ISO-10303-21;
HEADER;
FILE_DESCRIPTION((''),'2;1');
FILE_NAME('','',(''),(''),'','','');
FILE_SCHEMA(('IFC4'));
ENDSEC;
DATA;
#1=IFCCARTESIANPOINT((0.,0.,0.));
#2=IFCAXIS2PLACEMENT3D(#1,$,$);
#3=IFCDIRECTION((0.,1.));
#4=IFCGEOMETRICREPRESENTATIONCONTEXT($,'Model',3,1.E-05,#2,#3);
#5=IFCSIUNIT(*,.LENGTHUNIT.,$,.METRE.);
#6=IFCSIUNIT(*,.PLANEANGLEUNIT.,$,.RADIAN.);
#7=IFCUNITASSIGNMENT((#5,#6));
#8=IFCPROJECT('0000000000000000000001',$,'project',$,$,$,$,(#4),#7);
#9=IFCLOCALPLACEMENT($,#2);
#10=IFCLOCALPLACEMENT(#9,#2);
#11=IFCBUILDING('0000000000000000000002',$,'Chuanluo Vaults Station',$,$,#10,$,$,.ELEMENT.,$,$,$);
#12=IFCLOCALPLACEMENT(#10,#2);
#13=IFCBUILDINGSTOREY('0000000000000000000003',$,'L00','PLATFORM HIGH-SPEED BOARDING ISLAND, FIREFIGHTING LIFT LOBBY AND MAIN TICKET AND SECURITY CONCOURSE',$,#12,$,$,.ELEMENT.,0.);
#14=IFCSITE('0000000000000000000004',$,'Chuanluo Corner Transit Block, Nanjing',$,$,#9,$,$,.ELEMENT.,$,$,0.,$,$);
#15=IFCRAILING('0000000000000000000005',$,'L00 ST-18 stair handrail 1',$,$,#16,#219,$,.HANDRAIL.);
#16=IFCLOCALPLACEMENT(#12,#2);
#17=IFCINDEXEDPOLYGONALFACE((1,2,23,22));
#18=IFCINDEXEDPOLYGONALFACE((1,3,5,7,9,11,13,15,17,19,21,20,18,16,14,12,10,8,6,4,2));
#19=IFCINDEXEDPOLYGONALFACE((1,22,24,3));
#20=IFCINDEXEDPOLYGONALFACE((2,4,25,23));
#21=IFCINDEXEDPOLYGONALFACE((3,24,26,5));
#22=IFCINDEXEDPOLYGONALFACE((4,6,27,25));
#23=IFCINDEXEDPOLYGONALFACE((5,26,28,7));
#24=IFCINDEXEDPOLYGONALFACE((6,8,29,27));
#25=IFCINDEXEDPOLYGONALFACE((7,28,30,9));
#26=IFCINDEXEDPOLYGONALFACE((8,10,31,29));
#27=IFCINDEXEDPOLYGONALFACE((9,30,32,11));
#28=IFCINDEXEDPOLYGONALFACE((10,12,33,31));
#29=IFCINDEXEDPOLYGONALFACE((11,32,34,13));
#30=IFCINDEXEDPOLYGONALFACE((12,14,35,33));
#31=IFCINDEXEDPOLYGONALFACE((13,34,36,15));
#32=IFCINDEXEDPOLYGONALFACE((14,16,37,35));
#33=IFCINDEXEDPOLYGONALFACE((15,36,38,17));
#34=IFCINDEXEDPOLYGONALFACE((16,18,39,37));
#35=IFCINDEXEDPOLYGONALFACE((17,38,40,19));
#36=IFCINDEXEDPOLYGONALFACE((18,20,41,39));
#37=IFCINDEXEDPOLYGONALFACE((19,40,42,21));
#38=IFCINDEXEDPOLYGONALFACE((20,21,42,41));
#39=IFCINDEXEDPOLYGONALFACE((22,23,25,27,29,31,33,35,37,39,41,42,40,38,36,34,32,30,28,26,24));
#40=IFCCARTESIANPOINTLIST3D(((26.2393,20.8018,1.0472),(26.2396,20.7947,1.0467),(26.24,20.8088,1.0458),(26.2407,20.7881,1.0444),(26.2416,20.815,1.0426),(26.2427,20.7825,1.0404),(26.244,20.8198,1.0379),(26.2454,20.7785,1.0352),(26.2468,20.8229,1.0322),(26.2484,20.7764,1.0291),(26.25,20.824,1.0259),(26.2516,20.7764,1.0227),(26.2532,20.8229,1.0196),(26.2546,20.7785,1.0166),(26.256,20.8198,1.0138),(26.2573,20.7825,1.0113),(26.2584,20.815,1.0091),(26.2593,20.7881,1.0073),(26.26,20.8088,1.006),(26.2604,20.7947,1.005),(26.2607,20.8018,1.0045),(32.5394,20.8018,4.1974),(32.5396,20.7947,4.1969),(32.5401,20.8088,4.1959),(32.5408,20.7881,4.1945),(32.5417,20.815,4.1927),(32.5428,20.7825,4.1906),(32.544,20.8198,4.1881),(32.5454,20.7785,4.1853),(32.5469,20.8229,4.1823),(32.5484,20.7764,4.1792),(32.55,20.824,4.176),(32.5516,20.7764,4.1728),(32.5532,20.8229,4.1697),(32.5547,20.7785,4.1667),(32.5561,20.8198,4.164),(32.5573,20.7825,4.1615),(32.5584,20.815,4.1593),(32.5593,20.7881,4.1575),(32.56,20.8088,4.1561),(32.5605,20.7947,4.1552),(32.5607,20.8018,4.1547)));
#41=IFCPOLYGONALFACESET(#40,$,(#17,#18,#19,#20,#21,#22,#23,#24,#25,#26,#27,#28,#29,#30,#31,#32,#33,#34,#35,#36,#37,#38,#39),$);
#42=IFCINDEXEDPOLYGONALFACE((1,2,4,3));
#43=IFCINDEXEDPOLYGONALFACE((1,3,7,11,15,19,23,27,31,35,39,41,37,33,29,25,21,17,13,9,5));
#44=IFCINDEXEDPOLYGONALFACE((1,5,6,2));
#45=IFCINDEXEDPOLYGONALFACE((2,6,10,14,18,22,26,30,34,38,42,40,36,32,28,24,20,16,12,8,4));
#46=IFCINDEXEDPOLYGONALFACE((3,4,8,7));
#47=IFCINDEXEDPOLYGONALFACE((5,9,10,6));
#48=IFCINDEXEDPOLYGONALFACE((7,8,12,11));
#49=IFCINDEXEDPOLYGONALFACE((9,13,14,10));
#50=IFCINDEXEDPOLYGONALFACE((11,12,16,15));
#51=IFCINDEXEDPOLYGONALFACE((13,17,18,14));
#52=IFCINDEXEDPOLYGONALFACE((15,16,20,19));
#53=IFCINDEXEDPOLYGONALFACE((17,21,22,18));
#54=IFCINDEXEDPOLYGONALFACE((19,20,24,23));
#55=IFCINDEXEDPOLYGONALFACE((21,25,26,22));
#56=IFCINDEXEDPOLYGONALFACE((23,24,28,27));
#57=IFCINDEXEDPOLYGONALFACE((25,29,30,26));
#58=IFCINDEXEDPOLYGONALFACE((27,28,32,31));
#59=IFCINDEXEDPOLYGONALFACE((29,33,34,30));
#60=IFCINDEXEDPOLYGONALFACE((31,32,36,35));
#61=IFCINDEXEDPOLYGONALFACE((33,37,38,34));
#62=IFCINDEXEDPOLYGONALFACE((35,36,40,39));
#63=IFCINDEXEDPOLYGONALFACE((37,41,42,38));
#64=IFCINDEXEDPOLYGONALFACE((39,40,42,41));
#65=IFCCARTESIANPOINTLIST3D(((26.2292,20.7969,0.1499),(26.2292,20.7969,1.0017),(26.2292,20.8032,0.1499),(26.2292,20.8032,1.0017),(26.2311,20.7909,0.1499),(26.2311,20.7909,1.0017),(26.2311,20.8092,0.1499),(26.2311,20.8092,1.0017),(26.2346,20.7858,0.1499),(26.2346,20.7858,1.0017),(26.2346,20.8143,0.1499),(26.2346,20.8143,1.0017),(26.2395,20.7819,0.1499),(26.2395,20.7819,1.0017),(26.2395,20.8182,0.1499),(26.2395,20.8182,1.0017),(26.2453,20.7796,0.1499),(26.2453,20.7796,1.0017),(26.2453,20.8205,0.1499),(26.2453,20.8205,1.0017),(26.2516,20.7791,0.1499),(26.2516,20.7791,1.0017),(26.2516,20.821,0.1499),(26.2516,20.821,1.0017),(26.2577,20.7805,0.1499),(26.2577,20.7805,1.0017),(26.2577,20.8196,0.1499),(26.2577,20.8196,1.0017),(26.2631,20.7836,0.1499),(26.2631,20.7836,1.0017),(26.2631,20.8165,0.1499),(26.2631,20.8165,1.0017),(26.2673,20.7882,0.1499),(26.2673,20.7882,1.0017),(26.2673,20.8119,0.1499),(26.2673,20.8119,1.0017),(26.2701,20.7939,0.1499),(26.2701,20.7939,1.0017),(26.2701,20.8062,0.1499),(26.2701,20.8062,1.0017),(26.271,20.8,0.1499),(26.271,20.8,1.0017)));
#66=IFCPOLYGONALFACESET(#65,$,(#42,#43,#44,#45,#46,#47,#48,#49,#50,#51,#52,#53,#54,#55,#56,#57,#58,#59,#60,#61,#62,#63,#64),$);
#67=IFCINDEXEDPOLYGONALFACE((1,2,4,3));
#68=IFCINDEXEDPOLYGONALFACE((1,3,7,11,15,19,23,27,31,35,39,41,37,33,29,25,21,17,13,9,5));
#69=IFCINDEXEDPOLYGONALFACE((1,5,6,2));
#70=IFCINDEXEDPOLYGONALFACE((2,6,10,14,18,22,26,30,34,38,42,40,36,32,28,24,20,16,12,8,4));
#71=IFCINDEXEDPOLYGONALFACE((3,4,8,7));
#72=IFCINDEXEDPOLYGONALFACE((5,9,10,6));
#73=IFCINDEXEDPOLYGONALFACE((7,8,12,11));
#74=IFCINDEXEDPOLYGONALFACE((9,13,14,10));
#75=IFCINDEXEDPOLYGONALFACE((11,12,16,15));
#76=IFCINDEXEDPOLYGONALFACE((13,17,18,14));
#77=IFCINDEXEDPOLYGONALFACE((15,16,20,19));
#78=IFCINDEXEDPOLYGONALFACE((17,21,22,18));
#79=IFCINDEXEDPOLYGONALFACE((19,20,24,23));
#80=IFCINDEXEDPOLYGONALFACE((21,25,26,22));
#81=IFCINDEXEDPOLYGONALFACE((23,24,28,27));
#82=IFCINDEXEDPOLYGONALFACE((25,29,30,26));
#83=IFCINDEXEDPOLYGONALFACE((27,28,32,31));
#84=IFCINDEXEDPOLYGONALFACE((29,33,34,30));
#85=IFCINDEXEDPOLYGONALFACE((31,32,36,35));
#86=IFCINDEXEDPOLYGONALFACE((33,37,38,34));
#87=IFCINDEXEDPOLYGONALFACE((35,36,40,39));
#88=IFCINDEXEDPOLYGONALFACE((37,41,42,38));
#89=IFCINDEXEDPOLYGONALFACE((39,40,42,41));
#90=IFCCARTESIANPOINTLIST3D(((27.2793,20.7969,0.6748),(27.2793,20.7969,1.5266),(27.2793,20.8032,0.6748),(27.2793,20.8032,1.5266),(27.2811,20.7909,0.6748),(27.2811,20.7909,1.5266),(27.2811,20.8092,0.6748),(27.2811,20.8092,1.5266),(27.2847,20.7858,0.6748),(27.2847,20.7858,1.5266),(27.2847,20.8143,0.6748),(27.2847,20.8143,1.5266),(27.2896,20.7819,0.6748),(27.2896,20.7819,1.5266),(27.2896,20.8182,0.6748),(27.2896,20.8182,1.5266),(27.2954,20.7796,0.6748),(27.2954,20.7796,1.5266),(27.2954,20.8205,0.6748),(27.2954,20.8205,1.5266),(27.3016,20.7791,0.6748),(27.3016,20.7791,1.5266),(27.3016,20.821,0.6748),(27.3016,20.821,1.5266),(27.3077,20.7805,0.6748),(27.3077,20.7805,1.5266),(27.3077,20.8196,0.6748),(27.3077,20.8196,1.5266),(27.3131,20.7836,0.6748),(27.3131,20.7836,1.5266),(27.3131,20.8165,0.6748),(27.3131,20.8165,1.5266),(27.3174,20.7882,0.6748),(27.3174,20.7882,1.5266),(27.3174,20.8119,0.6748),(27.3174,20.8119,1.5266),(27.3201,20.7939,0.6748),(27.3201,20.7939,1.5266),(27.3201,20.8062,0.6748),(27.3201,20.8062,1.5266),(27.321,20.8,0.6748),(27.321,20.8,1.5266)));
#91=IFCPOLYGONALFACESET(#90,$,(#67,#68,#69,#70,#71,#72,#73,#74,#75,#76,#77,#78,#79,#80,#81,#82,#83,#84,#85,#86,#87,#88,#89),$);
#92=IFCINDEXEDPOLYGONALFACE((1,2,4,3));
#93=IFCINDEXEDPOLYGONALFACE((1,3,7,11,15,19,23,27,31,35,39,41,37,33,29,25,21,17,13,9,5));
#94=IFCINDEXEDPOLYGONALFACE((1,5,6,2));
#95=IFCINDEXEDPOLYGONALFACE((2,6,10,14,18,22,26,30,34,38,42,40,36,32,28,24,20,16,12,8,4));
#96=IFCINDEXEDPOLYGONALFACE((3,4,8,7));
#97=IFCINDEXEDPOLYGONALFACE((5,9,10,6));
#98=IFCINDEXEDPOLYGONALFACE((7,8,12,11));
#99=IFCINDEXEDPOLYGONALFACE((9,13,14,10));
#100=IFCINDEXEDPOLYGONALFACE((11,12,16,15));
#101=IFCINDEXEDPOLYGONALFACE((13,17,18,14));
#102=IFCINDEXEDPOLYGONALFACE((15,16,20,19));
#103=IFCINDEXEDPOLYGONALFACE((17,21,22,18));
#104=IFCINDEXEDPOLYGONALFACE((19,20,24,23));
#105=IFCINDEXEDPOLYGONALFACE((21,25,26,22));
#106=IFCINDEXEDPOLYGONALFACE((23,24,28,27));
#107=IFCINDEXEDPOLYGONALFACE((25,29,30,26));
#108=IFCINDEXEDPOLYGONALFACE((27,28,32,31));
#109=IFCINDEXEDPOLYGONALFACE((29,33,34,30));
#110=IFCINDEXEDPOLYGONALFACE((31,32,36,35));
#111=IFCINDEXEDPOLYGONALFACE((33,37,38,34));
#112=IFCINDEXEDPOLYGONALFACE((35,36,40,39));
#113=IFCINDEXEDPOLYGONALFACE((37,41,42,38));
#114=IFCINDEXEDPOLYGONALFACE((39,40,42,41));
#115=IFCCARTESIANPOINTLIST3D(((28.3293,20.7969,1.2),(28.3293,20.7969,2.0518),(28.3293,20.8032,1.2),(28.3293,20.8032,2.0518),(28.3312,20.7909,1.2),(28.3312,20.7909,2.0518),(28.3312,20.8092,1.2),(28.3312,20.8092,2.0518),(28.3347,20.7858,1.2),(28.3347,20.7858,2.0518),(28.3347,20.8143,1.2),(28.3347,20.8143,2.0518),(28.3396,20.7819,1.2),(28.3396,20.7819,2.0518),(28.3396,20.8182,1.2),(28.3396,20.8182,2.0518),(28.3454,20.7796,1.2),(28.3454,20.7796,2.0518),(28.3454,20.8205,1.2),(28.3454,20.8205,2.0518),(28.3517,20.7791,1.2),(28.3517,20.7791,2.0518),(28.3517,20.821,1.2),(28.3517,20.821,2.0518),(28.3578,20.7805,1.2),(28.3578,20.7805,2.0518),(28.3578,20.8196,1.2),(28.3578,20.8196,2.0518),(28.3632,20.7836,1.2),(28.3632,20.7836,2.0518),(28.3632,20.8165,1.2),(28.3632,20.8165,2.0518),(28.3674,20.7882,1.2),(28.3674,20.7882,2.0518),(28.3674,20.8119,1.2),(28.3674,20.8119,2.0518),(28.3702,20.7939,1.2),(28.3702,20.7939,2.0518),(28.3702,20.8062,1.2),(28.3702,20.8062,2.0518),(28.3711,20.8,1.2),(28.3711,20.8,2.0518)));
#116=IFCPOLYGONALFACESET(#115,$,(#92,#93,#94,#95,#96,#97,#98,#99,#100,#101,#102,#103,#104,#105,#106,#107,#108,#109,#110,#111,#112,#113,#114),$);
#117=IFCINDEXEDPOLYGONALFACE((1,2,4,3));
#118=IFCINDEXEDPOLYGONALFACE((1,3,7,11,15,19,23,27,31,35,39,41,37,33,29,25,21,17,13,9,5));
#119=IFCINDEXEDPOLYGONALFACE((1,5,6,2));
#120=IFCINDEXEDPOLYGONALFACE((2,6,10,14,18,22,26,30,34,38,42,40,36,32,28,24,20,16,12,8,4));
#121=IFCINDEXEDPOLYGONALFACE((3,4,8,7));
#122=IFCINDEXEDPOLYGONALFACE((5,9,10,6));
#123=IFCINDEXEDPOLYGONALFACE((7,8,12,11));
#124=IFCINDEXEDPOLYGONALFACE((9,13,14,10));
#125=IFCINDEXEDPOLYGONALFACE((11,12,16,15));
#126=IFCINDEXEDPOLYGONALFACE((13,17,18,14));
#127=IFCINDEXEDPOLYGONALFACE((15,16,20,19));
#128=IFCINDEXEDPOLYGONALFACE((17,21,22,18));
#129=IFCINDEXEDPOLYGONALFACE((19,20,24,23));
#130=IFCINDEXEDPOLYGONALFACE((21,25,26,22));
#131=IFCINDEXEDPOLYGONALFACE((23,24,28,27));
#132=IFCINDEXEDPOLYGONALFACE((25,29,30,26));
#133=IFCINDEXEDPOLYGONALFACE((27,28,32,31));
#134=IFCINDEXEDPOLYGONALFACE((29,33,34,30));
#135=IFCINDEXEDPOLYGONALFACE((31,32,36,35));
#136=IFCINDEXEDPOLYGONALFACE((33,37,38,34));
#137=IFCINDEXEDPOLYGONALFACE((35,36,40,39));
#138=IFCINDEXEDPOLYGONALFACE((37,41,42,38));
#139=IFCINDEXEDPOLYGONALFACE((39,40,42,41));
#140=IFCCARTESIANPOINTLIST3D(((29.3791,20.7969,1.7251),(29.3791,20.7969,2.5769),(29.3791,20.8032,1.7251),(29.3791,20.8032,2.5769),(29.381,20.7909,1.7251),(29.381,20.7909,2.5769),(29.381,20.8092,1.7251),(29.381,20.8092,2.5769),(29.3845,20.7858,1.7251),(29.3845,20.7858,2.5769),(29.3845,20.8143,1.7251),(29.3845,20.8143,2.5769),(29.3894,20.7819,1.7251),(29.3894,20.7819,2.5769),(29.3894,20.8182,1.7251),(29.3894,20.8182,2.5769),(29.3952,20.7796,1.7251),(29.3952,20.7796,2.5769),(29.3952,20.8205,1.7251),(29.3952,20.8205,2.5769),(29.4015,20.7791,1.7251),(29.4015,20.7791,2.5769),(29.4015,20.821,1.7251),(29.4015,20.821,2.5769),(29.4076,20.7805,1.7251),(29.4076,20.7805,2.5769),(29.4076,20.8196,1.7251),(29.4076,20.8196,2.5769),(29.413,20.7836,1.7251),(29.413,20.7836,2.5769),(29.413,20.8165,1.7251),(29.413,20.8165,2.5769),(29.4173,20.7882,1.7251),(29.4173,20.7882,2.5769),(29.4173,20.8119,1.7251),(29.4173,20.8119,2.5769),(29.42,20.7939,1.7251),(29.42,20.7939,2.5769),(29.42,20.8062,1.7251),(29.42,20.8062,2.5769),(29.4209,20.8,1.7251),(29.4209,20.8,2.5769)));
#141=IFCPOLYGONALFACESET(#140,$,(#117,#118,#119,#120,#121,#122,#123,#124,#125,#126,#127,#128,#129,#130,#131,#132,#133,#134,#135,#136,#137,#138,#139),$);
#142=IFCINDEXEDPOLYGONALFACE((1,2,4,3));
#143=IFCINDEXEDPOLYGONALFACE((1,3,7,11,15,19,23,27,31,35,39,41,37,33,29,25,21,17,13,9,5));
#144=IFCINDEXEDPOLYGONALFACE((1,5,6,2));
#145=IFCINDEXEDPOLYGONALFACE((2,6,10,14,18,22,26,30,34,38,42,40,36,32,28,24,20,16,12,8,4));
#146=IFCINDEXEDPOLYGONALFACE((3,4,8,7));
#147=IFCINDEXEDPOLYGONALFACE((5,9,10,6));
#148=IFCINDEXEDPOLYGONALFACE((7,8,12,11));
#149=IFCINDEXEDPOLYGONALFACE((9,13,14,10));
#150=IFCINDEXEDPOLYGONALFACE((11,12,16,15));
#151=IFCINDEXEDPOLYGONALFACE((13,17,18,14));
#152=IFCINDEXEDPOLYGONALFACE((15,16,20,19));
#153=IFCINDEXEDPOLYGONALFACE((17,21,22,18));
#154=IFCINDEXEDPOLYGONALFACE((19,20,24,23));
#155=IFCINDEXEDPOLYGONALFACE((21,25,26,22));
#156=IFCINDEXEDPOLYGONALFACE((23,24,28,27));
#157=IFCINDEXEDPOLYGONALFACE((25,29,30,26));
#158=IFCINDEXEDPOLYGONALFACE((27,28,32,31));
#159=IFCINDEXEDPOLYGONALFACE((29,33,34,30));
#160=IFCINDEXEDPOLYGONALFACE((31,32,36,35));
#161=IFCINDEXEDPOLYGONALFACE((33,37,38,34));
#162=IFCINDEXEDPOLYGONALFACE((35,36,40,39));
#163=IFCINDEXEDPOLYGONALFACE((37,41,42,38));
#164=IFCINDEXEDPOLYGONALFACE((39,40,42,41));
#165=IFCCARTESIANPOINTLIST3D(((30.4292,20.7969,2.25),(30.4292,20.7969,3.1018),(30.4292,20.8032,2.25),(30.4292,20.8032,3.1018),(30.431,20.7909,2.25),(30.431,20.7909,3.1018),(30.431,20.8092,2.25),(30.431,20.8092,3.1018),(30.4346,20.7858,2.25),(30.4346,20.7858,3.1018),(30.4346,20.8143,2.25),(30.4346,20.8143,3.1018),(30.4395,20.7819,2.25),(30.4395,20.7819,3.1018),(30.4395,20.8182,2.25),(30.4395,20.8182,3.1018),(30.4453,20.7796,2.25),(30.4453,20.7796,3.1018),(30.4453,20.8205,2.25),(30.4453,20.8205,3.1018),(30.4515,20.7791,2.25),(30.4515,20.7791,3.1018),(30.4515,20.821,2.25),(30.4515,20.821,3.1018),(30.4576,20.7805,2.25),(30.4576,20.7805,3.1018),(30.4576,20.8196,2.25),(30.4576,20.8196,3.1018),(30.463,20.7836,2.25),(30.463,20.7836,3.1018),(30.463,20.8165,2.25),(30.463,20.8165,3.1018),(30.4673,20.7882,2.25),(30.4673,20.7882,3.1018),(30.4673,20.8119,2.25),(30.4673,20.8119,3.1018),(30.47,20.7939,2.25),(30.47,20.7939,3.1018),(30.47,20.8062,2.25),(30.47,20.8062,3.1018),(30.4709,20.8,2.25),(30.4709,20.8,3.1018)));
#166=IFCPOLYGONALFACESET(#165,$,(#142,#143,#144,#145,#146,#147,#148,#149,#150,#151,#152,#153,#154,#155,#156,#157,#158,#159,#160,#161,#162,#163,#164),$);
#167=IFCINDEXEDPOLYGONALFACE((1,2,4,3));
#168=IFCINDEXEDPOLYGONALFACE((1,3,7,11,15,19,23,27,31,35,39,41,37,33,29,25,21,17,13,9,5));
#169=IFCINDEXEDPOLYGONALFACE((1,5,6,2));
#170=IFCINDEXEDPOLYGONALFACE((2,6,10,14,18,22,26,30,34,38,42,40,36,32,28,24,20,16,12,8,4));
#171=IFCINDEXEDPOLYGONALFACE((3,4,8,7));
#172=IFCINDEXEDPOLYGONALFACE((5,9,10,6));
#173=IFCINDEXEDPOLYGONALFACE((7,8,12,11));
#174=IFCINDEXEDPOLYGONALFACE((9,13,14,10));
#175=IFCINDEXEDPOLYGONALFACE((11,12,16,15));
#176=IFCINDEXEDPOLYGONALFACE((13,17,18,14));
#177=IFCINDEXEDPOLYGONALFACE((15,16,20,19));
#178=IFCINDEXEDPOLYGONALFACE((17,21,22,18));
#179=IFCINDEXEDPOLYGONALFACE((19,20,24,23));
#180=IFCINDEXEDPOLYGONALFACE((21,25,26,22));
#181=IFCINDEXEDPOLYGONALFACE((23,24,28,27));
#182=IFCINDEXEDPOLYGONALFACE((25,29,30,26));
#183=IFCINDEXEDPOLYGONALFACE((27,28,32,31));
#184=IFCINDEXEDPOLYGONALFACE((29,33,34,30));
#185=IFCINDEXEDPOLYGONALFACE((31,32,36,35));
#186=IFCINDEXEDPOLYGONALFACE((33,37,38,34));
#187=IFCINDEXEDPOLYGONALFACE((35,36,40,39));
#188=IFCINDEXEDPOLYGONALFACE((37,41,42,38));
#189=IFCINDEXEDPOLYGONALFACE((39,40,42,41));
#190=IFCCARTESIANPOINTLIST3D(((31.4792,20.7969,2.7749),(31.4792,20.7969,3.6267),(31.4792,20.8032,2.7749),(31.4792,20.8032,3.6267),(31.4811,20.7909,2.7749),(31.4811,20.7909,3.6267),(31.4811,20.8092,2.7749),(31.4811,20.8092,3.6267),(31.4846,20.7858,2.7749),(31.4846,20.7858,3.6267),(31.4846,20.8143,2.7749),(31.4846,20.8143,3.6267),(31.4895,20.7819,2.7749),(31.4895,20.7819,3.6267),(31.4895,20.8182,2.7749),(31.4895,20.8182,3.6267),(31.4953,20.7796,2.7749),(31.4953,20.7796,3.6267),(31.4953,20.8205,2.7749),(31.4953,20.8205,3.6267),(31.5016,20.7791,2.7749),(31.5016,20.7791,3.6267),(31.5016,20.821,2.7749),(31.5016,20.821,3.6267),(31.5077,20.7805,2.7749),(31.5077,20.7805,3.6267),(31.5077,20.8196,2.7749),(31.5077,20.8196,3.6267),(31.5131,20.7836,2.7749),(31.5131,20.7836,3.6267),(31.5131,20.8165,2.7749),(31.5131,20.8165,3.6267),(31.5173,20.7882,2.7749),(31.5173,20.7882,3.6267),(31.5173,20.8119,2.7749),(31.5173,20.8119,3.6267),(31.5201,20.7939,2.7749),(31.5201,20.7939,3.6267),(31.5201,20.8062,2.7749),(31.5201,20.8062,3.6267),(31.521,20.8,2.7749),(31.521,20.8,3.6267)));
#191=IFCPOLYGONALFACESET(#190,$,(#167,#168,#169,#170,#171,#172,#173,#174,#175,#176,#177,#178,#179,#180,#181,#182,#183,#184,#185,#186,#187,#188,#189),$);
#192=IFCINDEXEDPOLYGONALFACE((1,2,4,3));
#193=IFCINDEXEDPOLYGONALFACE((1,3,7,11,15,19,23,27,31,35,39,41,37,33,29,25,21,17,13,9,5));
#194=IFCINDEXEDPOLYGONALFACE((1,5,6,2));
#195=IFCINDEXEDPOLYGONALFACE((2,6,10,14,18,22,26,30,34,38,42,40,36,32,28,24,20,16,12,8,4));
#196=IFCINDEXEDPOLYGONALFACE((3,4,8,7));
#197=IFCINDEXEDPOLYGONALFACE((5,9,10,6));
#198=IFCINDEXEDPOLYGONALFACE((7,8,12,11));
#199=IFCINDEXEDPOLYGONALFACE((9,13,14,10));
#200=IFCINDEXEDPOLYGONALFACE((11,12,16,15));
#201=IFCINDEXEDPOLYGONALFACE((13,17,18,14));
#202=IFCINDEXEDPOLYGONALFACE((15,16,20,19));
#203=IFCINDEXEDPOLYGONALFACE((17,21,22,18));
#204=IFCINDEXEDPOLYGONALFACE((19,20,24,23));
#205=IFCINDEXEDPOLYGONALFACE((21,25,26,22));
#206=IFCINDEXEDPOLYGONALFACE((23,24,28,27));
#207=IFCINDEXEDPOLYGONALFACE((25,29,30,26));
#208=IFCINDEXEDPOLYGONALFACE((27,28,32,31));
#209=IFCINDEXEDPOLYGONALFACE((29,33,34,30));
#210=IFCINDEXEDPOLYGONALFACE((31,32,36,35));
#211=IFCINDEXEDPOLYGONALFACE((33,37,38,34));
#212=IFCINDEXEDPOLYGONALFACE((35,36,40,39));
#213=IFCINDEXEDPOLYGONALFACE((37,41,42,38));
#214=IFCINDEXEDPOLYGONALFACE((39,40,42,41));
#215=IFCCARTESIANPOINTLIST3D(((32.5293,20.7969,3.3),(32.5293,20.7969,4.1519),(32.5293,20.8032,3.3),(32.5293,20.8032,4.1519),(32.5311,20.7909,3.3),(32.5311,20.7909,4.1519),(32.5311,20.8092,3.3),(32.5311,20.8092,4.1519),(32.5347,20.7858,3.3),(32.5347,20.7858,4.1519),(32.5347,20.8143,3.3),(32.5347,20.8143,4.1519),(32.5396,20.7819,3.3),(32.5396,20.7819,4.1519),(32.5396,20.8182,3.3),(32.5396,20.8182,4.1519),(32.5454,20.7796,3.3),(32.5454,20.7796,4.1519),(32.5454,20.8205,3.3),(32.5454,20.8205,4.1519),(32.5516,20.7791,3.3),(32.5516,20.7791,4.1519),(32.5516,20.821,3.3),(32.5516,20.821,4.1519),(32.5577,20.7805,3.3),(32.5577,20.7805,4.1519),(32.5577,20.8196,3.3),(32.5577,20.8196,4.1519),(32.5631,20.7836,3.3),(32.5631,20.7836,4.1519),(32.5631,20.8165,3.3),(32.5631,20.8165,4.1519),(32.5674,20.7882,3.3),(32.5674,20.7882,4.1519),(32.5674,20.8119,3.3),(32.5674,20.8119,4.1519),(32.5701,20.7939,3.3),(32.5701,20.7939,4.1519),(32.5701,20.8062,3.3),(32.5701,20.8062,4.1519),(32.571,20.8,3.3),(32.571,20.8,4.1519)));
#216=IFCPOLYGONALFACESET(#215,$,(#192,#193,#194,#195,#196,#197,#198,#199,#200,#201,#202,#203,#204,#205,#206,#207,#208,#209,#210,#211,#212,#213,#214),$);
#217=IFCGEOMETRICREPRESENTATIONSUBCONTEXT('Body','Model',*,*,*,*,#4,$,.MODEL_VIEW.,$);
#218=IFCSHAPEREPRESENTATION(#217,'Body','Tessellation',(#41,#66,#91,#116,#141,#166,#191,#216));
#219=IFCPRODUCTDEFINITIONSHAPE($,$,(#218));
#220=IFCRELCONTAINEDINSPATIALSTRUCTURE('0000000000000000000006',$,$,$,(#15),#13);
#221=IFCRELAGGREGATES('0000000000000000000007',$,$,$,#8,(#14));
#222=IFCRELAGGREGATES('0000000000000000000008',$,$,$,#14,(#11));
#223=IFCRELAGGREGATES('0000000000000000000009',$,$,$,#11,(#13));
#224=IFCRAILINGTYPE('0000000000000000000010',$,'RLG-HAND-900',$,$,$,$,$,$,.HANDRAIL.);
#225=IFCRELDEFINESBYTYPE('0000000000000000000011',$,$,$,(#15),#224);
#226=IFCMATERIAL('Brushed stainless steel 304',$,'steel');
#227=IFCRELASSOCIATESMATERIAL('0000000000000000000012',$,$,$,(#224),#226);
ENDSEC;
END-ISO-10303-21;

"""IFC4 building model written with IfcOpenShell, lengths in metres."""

from ifc_helpers import new_model, si_unit, direction, frame, origin, origin_2d, place, context, subcontext, project, spatial, circle, extrude, material, type_object, element, save


model = new_model("IFC4")

# Units and contexts
model_context = context("Model", 3, precision=1e-05, world=origin(), true_north=direction((0.0, 1.0)))
body_context = subcontext(model_context, "Body", "Model", "MODEL_VIEW")
ifc_project = project(units=[si_unit("LENGTHUNIT", "METRE"), si_unit("PLANEANGLEUNIT", "RADIAN")], contexts=[model_context])

# Site, building, storey
site_placement = place(None, origin())
site = spatial("IfcSite", under=ifc_project, at=site_placement, Name="Chuanluo Corner Transit Block, Nanjing", CompositionType="ELEMENT", RefElevation=0.0)
building_placement = place(site_placement, origin())
building = spatial("IfcBuilding", under=site, at=building_placement, Name="Chuanluo Vaults Station", CompositionType="ELEMENT")
storey_placement = place(building_placement, origin())
storey = spatial("IfcBuildingStorey", under=building, at=storey_placement, Name="L00", Description="PLATFORM HIGH-SPEED BOARDING ISLAND, FIREFIGHTING LIFT LOBBY AND MAIN TICKET AND SECURITY CONCOURSE", CompositionType="ELEMENT", Elevation=0.0)

# Railing
ifc_material_1 = material(Name="Brushed stainless steel 304", Category="steel")
railing_type_1 = type_object("IfcRailingType", Name="RLG-HAND-900", PredefinedType="HANDRAIL", material=ifc_material_1)
railing_1_placement = place(storey_placement, frame((26.25, 20.8, 0.1499)))
element("IfcRailing", 1, at=railing_1_placement, inside=storey, type_object=railing_type_1, Name="L00 ST-18 stair handrail 1", PredefinedType="HANDRAIL", context=body_context, shape_type="SweptSolid", body=[
    extrude(circle(Radius=0.0239, at=origin_2d()), frame((0.0, 0.0, 0.876), z_axis=(0.89442, 0.0, 0.447227), x_axis=(0.0, 1.0, 0.0)), (0.0, 0.0, 1.0), 7.0437),
    extrude(circle(Radius=0.021, at=origin_2d()), origin(), (0.0, 0.0, 1.0), 0.8518),
    extrude(circle(Radius=0.021, at=origin_2d()), frame((1.05, 0.0, 0.5249)), (0.0, 0.0, 1.0), 0.8518),
    extrude(circle(Radius=0.021, at=origin_2d()), frame((2.1001, 0.0, 1.05)), (0.0, 0.0, 1.0), 0.8518),
    extrude(circle(Radius=0.021, at=origin_2d()), frame((3.1499, 0.0, 1.5752)), (0.0, 0.0, 1.0), 0.8518),
    extrude(circle(Radius=0.021, at=origin_2d()), frame((4.2, 0.0, 2.1001)), (0.0, 0.0, 1.0), 0.8518),
    extrude(circle(Radius=0.021, at=origin_2d()), frame((5.25, 0.0, 2.625)), (0.0, 0.0, 1.0), 0.8518),
    extrude(circle(Radius=0.021, at=origin_2d()), frame((6.3, 0.0, 3.1501)), (0.0, 0.0, 1.0), 0.8518),
])

save(model, "model.ifc")
